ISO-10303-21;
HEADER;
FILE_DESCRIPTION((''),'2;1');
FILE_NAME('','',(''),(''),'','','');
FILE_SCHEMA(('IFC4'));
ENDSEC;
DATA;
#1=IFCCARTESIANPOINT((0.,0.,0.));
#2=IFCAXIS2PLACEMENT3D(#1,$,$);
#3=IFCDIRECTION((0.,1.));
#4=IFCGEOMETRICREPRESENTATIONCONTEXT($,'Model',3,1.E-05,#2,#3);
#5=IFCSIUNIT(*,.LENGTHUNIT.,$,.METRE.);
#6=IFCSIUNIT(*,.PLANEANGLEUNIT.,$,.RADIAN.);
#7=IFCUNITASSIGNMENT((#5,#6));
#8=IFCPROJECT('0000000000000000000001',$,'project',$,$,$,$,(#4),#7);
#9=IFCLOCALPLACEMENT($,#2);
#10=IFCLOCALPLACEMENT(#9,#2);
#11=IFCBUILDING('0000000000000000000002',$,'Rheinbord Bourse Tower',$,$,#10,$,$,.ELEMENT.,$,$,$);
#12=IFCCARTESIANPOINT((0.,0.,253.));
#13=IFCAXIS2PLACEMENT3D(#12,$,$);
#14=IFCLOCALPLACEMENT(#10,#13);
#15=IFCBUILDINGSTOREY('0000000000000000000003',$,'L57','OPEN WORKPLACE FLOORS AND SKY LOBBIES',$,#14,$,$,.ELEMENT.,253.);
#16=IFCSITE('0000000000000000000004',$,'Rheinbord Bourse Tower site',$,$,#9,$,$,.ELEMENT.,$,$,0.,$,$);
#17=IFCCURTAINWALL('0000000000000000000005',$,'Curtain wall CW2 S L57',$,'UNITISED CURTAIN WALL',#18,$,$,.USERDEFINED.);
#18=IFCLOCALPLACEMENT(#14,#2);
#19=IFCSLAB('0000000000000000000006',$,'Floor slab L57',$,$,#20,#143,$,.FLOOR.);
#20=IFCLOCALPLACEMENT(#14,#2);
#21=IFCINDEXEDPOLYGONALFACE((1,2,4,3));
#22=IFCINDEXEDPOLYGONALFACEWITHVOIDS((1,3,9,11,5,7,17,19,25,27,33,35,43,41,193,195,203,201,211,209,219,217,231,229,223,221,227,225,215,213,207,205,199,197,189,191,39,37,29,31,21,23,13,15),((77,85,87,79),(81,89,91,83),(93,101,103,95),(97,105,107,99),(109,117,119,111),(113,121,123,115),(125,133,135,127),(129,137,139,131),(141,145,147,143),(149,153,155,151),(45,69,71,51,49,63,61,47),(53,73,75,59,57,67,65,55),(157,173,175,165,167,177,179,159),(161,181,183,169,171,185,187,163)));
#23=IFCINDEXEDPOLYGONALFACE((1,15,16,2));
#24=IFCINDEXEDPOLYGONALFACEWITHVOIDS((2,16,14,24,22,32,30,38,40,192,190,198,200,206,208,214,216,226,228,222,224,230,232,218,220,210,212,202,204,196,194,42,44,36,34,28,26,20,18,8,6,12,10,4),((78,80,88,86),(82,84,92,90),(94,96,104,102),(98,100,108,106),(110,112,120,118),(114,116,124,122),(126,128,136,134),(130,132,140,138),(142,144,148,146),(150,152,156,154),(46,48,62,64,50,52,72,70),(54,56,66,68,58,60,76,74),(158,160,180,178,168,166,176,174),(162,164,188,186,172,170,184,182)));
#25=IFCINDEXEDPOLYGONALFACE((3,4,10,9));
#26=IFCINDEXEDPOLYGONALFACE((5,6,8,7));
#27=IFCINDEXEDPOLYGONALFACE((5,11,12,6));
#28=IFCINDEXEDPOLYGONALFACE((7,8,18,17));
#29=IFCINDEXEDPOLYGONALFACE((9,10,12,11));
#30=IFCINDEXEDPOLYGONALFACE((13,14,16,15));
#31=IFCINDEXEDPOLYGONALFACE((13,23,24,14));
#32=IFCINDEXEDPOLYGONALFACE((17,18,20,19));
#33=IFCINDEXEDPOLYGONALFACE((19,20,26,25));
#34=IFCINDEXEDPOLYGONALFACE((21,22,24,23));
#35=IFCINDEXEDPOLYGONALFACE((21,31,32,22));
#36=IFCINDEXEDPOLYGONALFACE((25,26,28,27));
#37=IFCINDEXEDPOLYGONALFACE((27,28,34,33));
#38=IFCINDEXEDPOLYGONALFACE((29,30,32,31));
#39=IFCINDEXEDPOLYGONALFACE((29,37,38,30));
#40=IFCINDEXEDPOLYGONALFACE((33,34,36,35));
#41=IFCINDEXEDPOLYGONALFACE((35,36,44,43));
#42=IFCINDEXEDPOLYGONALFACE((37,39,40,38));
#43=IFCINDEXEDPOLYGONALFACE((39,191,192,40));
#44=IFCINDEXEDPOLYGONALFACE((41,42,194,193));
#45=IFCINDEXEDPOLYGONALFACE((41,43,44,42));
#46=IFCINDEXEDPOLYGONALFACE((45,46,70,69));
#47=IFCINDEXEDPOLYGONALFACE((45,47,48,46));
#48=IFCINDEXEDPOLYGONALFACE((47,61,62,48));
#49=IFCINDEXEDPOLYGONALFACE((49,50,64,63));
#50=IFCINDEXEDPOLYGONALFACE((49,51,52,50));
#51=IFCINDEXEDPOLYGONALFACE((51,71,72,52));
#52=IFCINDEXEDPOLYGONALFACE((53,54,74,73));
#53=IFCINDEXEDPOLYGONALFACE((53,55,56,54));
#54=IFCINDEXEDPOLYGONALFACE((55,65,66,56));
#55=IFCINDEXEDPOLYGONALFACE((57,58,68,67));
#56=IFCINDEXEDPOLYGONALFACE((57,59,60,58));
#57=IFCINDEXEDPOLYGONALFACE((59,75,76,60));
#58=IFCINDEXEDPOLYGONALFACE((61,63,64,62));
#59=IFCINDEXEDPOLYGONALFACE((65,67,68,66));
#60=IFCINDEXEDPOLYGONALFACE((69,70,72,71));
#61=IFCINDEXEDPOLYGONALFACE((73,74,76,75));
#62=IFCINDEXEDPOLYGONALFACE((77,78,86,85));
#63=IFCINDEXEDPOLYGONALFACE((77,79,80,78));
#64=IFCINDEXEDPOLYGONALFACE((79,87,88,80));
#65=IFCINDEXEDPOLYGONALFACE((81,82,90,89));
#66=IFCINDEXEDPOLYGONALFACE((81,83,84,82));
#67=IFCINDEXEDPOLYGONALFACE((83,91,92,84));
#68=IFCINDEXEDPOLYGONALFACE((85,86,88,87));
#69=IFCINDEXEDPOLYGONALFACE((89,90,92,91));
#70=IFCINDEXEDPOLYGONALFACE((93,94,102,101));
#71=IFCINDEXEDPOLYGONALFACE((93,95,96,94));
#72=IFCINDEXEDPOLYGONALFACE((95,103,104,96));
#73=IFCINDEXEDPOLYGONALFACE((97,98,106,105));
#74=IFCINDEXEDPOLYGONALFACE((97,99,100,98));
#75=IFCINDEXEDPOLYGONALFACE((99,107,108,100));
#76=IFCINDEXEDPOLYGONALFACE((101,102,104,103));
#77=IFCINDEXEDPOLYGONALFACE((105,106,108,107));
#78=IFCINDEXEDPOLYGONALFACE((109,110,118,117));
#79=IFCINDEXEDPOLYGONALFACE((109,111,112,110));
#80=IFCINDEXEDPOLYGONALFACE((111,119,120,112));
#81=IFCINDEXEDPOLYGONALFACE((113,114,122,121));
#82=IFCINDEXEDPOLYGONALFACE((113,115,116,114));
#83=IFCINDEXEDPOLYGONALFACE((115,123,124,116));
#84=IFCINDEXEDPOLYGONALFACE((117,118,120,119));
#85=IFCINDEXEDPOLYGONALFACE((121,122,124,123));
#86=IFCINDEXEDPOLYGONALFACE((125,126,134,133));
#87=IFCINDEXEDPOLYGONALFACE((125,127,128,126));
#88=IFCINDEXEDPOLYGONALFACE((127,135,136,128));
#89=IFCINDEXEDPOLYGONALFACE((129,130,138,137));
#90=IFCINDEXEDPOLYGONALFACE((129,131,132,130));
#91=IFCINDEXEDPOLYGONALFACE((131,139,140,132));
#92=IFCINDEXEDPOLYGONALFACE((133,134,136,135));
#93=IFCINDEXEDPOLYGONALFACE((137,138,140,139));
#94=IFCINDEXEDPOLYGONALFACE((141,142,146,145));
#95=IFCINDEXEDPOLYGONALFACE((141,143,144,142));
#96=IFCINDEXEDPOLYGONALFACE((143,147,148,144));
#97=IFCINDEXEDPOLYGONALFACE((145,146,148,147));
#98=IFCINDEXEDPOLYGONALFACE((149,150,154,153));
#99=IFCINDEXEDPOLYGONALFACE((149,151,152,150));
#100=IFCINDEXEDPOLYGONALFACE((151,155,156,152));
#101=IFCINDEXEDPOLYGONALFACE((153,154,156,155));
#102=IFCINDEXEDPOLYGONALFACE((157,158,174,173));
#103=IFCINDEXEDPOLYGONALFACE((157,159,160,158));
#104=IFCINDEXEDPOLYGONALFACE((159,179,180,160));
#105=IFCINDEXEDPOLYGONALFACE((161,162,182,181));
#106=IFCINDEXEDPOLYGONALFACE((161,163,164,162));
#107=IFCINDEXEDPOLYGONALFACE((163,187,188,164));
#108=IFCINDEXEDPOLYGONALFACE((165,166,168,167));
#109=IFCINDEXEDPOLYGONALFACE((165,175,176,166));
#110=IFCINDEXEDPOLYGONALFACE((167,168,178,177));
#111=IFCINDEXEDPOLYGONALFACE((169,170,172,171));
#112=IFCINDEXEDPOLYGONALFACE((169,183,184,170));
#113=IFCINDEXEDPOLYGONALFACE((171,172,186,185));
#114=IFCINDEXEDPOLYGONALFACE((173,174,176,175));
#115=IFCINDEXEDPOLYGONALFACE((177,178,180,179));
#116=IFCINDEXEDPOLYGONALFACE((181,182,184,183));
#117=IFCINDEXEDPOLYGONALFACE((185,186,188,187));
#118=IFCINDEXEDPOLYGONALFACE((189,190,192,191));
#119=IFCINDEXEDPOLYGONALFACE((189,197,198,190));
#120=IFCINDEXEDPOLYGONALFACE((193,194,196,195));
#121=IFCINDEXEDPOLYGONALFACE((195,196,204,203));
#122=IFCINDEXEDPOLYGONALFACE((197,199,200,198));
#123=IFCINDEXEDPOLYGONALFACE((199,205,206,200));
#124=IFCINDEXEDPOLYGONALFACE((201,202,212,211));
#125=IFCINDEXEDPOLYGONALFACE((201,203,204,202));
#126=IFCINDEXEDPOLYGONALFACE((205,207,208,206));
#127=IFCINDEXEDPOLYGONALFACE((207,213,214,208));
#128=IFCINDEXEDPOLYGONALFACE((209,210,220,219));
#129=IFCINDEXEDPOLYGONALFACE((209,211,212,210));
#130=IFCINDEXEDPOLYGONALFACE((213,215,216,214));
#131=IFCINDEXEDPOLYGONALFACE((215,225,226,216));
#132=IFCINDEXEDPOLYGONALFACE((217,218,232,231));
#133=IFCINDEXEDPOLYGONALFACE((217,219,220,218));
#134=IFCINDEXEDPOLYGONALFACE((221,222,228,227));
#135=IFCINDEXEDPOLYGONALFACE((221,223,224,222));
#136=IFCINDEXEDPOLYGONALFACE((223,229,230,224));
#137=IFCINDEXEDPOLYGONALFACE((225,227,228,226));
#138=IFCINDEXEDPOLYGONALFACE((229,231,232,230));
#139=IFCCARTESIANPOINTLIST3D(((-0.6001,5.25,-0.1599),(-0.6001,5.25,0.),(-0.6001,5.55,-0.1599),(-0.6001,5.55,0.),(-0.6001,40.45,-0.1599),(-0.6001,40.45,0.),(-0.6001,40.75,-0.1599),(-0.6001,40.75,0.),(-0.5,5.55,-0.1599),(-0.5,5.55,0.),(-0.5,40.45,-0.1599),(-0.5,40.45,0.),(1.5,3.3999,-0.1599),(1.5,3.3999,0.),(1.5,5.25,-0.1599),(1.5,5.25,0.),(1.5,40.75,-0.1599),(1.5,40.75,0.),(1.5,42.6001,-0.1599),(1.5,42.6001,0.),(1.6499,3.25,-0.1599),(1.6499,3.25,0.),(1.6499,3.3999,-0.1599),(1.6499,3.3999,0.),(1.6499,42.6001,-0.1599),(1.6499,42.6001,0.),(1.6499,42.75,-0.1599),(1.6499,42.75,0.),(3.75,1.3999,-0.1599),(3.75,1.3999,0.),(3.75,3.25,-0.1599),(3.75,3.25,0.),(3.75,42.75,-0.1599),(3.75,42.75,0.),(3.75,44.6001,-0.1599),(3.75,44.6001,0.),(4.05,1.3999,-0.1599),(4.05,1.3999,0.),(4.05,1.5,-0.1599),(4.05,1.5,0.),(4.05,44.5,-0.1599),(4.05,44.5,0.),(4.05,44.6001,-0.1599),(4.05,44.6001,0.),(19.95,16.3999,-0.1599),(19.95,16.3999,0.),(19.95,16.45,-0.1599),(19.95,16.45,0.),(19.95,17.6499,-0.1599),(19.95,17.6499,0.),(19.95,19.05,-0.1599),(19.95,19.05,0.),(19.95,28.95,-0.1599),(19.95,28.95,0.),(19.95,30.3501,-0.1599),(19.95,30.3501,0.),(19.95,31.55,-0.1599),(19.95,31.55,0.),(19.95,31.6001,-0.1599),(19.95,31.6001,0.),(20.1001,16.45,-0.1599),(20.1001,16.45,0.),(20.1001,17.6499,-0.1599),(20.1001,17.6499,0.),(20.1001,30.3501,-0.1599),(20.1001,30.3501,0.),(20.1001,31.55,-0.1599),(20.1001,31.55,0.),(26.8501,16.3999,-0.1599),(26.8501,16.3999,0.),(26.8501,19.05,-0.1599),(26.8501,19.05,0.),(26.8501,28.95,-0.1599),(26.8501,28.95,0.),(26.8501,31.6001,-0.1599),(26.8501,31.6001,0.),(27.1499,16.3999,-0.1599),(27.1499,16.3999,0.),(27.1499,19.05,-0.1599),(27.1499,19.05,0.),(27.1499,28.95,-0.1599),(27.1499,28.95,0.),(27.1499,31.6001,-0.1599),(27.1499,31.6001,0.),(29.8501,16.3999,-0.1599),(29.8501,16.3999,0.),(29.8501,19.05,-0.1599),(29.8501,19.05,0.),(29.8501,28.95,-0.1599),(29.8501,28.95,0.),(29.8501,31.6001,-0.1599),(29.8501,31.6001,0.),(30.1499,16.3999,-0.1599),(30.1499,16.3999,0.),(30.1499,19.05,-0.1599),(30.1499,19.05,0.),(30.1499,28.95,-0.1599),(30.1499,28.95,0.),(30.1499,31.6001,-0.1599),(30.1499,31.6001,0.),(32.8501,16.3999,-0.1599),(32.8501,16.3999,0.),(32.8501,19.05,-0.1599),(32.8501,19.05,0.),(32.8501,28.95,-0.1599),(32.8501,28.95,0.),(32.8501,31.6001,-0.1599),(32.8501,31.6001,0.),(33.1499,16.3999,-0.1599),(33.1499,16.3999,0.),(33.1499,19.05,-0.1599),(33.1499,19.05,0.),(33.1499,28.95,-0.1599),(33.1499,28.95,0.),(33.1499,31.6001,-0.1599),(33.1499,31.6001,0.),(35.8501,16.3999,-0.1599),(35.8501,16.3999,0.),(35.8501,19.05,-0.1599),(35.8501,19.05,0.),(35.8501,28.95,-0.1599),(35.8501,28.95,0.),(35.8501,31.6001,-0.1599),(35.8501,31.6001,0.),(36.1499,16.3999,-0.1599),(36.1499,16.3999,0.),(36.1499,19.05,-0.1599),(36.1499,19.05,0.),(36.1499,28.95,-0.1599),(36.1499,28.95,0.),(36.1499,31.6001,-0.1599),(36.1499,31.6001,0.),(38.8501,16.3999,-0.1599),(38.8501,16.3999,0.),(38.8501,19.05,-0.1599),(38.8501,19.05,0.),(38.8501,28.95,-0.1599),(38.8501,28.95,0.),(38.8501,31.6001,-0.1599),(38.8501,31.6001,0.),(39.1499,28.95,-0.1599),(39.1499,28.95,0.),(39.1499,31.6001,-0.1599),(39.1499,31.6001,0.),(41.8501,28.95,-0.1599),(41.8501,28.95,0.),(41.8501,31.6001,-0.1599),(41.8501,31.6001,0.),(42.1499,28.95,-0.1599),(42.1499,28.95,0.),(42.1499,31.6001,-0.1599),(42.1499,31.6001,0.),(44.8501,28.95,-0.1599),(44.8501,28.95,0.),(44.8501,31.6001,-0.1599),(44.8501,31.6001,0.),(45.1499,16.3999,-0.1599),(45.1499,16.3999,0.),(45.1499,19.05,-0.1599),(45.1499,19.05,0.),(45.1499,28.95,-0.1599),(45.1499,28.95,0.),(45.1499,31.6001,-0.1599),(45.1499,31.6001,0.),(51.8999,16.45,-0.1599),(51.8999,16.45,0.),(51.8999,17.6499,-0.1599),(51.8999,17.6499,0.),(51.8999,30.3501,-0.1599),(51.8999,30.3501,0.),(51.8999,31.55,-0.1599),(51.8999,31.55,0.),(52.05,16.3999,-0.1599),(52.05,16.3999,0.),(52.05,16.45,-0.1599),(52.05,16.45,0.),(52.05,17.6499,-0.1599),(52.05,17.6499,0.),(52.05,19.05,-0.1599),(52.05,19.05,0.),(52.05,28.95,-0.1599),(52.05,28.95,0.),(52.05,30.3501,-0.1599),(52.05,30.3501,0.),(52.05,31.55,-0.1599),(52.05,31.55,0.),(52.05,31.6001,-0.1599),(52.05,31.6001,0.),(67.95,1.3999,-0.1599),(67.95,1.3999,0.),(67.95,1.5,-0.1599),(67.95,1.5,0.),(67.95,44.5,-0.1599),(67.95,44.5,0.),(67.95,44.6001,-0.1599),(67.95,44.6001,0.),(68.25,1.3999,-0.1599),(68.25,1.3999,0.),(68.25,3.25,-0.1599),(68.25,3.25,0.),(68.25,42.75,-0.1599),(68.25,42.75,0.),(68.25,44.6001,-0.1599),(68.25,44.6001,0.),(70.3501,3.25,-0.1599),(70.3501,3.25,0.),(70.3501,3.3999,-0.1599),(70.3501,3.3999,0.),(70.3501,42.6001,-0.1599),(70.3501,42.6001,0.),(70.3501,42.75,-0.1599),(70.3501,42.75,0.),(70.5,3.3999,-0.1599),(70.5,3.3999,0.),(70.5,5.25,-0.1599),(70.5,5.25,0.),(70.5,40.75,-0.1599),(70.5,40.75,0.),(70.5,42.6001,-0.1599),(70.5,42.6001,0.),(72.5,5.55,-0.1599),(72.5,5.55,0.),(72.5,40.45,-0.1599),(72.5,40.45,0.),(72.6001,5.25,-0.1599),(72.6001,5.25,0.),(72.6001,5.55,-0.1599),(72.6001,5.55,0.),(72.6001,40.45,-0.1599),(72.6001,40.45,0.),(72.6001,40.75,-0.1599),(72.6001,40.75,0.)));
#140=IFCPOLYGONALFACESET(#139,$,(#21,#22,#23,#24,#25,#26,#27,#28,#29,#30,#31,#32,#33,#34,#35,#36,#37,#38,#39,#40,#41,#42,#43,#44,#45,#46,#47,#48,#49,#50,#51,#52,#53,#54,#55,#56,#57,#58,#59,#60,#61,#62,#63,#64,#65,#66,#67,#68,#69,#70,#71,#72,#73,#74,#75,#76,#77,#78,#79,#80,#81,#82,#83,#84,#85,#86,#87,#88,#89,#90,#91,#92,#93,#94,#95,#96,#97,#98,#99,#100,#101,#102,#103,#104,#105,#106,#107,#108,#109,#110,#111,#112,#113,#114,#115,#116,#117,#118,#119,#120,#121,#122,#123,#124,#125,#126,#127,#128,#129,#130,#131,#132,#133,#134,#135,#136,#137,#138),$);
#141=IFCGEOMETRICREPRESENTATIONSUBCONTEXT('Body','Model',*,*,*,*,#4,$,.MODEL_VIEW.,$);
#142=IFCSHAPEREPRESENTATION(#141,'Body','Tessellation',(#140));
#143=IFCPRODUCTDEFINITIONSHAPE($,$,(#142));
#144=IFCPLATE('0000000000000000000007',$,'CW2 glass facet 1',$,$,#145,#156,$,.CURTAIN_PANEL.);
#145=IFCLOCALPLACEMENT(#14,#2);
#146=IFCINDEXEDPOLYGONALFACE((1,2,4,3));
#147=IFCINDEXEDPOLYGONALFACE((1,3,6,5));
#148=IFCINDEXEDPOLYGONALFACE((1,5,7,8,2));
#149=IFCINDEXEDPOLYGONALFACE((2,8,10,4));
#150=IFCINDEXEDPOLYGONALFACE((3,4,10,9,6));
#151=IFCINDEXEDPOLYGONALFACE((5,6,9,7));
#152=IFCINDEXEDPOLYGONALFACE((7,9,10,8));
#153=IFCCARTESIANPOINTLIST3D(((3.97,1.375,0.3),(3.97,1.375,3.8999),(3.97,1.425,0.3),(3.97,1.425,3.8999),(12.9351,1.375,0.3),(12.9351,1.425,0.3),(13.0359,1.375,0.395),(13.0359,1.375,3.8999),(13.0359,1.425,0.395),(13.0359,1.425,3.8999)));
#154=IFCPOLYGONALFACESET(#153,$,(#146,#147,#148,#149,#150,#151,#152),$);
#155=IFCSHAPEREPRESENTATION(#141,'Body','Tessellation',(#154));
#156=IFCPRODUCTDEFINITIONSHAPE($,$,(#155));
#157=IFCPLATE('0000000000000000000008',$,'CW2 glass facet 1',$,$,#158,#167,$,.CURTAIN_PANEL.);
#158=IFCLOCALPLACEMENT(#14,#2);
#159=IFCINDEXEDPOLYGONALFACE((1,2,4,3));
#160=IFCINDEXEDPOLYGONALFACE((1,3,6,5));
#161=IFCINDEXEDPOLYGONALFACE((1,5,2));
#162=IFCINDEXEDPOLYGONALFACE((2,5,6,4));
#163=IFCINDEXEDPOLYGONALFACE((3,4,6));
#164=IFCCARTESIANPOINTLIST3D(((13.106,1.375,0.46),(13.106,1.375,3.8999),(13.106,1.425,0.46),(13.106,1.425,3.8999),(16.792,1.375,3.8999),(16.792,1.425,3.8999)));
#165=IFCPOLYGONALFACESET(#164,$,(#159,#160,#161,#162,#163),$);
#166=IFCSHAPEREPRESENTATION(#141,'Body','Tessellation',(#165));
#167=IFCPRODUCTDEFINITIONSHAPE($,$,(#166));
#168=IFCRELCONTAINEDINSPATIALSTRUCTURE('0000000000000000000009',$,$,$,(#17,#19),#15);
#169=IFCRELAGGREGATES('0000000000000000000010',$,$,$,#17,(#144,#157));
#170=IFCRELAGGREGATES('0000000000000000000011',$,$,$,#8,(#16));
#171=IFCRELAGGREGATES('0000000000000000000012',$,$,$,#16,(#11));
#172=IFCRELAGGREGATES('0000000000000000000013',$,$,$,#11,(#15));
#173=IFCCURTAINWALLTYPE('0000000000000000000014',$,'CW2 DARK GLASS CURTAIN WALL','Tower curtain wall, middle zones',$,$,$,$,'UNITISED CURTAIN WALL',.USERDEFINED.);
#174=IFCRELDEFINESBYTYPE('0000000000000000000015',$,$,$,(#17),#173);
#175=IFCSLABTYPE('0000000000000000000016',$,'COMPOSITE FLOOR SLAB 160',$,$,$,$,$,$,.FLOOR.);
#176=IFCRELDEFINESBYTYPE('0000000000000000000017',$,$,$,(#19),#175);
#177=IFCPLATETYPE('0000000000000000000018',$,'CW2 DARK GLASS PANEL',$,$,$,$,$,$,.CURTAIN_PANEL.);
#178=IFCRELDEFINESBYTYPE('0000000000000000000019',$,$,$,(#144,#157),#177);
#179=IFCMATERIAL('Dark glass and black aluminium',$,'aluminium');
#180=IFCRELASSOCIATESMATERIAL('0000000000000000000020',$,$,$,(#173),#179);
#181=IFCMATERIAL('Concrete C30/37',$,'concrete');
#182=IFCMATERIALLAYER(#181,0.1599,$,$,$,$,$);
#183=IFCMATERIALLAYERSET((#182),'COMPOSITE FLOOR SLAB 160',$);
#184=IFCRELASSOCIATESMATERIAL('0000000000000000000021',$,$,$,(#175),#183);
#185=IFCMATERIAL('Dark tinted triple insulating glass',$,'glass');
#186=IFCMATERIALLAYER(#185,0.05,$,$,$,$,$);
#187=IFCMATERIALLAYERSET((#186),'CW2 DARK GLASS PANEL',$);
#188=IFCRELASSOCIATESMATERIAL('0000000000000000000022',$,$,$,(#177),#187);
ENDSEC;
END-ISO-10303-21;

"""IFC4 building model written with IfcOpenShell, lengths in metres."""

from ifc_helpers import new_model, si_unit, direction, frame, origin, place, context, subcontext, project, spatial, polyline, outline, extrude, material, layer, layer_set, type_object, element, aggregate, save


model = new_model("IFC4")

# Units and contexts
model_context = context("Model", 3, precision=1e-05, world=origin(), true_north=direction((0.0, 1.0)))
body_context = subcontext(model_context, "Body", "Model", "MODEL_VIEW")
ifc_project = project(units=[si_unit("LENGTHUNIT", "METRE"), si_unit("PLANEANGLEUNIT", "RADIAN")], contexts=[model_context])

# Site, building, storey
site_placement = place(None, origin())
site = spatial("IfcSite", under=ifc_project, at=site_placement, Name="Rheinbord Bourse Tower site", CompositionType="ELEMENT", RefElevation=0.0)
building_placement = place(site_placement, origin())
building = spatial("IfcBuilding", under=site, at=building_placement, Name="Rheinbord Bourse Tower", CompositionType="ELEMENT")
storey_placement = place(building_placement, frame((0.0, 0.0, 253.0)))
storey = spatial("IfcBuildingStorey", under=building, at=storey_placement, Name="L57", Description="OPEN WORKPLACE FLOORS AND SKY LOBBIES", CompositionType="ELEMENT", Elevation=253.0)

# Curtain wall
ifc_material_1 = material(Name="Dark glass and black aluminium", Category="aluminium")
curtain_wall_type = type_object("IfcCurtainWallType", Name="CW2 DARK GLASS CURTAIN WALL", Description="Tower curtain wall, middle zones", ElementType="UNITISED CURTAIN WALL", PredefinedType="USERDEFINED", material=ifc_material_1)
curtain_wall_placement = place(storey_placement, origin())
curtain_wall = element("IfcCurtainWall", 1, at=curtain_wall_placement, inside=storey, type_object=curtain_wall_type, Name="Curtain wall CW2 S L57", ObjectType="UNITISED CURTAIN WALL", PredefinedType="USERDEFINED")

# Slab
ifc_material_2 = material(Name="Concrete C30/37", Category="concrete")
ifc_layer_1 = layer(ifc_material_2, 0.1599)
ifc_layer_set_1 = layer_set([ifc_layer_1], Name="COMPOSITE FLOOR SLAB 160")
slab_type_1 = type_object("IfcSlabType", Name="COMPOSITE FLOOR SLAB 160", PredefinedType="FLOOR", material=ifc_layer_set_1)
slab_1_placement = place(storey_placement, frame((0.0, 0.0, -0.1599)))
element("IfcSlab", 2, at=slab_1_placement, inside=storey, type_object=slab_type_1, Name="Floor slab L57", PredefinedType="FLOOR", context=body_context, shape_type="SweptSolid", body=[
    extrude(outline(polyline([(1.6499, 3.3999), (1.5, 3.3999), (1.5, 5.25), (-0.6001, 5.25), (-0.6001, 5.55), (-0.5, 5.55), (-0.5, 40.45), (-0.6001, 40.45), (-0.6001, 40.75), (1.5, 40.75), (1.5, 42.6001), (1.6499, 42.6001), (1.6499, 42.75), (3.75, 42.75), (3.75, 44.6001), (4.05, 44.6001), (4.05, 44.5), (67.95, 44.5), (67.95, 44.6001), (68.25, 44.6001), (68.25, 42.75), (70.3501, 42.75), (70.3501, 42.6001), (70.5, 42.6001), (70.5, 40.75), (72.6001, 40.75), (72.6001, 40.45), (72.5, 40.45), (72.5, 5.55), (72.6001, 5.55), (72.6001, 5.25), (70.5, 5.25), (70.5, 3.3999), (70.3501, 3.3999), (70.3501, 3.25), (68.25, 3.25), (68.25, 1.3999), (67.95, 1.3999), (67.95, 1.5), (4.05, 1.5), (4.05, 1.3999), (3.75, 1.3999), (3.75, 3.25), (1.6499, 3.25), (1.6499, 3.3999)]), holes=[polyline([(19.95, 19.05), (26.8501, 19.05), (26.8501, 16.3999), (19.95, 16.3999), (19.95, 16.45), (20.1001, 16.45), (20.1001, 17.6499), (19.95, 17.6499), (19.95, 19.05)]), polyline([(19.95, 31.6001), (26.8501, 31.6001), (26.8501, 28.95), (19.95, 28.95), (19.95, 30.3501), (20.1001, 30.3501), (20.1001, 31.55), (19.95, 31.55), (19.95, 31.6001)]), polyline([(52.05, 16.3999), (45.1499, 16.3999), (45.1499, 19.05), (52.05, 19.05), (52.05, 17.6499), (51.8999, 17.6499), (51.8999, 16.45), (52.05, 16.45), (52.05, 16.3999)]), polyline([(52.05, 28.95), (45.1499, 28.95), (45.1499, 31.6001), (52.05, 31.6001), (52.05, 31.55), (51.8999, 31.55), (51.8999, 30.3501), (52.05, 30.3501), (52.05, 28.95)]), polyline([(27.1499, 16.3999), (27.1499, 19.05), (29.8501, 19.05), (29.8501, 16.3999), (27.1499, 16.3999)]), polyline([(27.1499, 28.95), (27.1499, 31.6001), (29.8501, 31.6001), (29.8501, 28.95), (27.1499, 28.95)]), polyline([(30.1499, 16.3999), (30.1499, 19.05), (32.8501, 19.05), (32.8501, 16.3999), (30.1499, 16.3999)]), polyline([(30.1499, 28.95), (30.1499, 31.6001), (32.8501, 31.6001), (32.8501, 28.95), (30.1499, 28.95)]), polyline([(33.1499, 16.3999), (33.1499, 19.05), (35.8501, 19.05), (35.8501, 16.3999), (33.1499, 16.3999)]), polyline([(33.1499, 28.95), (33.1499, 31.6001), (35.8501, 31.6001), (35.8501, 28.95), (33.1499, 28.95)]), polyline([(36.1499, 16.3999), (36.1499, 19.05), (38.8501, 19.05), (38.8501, 16.3999), (36.1499, 16.3999)]), polyline([(36.1499, 28.95), (36.1499, 31.6001), (38.8501, 31.6001), (38.8501, 28.95), (36.1499, 28.95)]), polyline([(39.1499, 28.95), (39.1499, 31.6001), (41.8501, 31.6001), (41.8501, 28.95), (39.1499, 28.95)]), polyline([(42.1499, 28.95), (42.1499, 31.6001), (44.8501, 31.6001), (44.8501, 28.95), (42.1499, 28.95)])]), origin(), (0.0, 0.0, 1.0), 0.1599),
])

# Plates
ifc_material_3 = material(Name="Dark tinted triple insulating glass", Category="glass")
ifc_layer_2 = layer(ifc_material_3, 0.05)
ifc_layer_set_2 = layer_set([ifc_layer_2], Name="CW2 DARK GLASS PANEL")
plate_type = type_object("IfcPlateType", Name="CW2 DARK GLASS PANEL", PredefinedType="CURTAIN_PANEL", material=ifc_layer_set_2)
plate_1_placement = place(storey_placement, frame((3.97, 1.375, 0.3), z_axis=(0.0, 1.0, 0.0), x_axis=(0.0, 0.0, 1.0)))
plate_1 = element("IfcPlate", 3, at=plate_1_placement, type_object=plate_type, Name="CW2 glass facet 1", PredefinedType="CURTAIN_PANEL", context=body_context, shape_type="SweptSolid", body=[
    extrude(outline(polyline([(0.0, 0.0), (3.5999, 0.0), (3.5999, 9.0659), (0.095, 9.0659), (0.0, 8.9651), (0.0, 0.0)])), origin(), (0.0, 0.0, 1.0), 0.05),
])
plate_2_placement = place(storey_placement, frame((13.106, 1.375, 3.8999), z_axis=(0.0, 1.0, 0.0), x_axis=(1.0, 0.0, 0.0)))
plate_2 = element("IfcPlate", 4, at=plate_2_placement, type_object=plate_type, Name="CW2 glass facet 1", PredefinedType="CURTAIN_PANEL", context=body_context, shape_type="SweptSolid", body=[
    extrude(outline(polyline([(0.0, 0.0), (3.686, 0.0), (0.0, 3.4399), (0.0, 0.0)])), origin(), (0.0, 0.0, 1.0), 0.05),
])
aggregate(curtain_wall, [plate_1, plate_2])

save(model, "model.ifc")
